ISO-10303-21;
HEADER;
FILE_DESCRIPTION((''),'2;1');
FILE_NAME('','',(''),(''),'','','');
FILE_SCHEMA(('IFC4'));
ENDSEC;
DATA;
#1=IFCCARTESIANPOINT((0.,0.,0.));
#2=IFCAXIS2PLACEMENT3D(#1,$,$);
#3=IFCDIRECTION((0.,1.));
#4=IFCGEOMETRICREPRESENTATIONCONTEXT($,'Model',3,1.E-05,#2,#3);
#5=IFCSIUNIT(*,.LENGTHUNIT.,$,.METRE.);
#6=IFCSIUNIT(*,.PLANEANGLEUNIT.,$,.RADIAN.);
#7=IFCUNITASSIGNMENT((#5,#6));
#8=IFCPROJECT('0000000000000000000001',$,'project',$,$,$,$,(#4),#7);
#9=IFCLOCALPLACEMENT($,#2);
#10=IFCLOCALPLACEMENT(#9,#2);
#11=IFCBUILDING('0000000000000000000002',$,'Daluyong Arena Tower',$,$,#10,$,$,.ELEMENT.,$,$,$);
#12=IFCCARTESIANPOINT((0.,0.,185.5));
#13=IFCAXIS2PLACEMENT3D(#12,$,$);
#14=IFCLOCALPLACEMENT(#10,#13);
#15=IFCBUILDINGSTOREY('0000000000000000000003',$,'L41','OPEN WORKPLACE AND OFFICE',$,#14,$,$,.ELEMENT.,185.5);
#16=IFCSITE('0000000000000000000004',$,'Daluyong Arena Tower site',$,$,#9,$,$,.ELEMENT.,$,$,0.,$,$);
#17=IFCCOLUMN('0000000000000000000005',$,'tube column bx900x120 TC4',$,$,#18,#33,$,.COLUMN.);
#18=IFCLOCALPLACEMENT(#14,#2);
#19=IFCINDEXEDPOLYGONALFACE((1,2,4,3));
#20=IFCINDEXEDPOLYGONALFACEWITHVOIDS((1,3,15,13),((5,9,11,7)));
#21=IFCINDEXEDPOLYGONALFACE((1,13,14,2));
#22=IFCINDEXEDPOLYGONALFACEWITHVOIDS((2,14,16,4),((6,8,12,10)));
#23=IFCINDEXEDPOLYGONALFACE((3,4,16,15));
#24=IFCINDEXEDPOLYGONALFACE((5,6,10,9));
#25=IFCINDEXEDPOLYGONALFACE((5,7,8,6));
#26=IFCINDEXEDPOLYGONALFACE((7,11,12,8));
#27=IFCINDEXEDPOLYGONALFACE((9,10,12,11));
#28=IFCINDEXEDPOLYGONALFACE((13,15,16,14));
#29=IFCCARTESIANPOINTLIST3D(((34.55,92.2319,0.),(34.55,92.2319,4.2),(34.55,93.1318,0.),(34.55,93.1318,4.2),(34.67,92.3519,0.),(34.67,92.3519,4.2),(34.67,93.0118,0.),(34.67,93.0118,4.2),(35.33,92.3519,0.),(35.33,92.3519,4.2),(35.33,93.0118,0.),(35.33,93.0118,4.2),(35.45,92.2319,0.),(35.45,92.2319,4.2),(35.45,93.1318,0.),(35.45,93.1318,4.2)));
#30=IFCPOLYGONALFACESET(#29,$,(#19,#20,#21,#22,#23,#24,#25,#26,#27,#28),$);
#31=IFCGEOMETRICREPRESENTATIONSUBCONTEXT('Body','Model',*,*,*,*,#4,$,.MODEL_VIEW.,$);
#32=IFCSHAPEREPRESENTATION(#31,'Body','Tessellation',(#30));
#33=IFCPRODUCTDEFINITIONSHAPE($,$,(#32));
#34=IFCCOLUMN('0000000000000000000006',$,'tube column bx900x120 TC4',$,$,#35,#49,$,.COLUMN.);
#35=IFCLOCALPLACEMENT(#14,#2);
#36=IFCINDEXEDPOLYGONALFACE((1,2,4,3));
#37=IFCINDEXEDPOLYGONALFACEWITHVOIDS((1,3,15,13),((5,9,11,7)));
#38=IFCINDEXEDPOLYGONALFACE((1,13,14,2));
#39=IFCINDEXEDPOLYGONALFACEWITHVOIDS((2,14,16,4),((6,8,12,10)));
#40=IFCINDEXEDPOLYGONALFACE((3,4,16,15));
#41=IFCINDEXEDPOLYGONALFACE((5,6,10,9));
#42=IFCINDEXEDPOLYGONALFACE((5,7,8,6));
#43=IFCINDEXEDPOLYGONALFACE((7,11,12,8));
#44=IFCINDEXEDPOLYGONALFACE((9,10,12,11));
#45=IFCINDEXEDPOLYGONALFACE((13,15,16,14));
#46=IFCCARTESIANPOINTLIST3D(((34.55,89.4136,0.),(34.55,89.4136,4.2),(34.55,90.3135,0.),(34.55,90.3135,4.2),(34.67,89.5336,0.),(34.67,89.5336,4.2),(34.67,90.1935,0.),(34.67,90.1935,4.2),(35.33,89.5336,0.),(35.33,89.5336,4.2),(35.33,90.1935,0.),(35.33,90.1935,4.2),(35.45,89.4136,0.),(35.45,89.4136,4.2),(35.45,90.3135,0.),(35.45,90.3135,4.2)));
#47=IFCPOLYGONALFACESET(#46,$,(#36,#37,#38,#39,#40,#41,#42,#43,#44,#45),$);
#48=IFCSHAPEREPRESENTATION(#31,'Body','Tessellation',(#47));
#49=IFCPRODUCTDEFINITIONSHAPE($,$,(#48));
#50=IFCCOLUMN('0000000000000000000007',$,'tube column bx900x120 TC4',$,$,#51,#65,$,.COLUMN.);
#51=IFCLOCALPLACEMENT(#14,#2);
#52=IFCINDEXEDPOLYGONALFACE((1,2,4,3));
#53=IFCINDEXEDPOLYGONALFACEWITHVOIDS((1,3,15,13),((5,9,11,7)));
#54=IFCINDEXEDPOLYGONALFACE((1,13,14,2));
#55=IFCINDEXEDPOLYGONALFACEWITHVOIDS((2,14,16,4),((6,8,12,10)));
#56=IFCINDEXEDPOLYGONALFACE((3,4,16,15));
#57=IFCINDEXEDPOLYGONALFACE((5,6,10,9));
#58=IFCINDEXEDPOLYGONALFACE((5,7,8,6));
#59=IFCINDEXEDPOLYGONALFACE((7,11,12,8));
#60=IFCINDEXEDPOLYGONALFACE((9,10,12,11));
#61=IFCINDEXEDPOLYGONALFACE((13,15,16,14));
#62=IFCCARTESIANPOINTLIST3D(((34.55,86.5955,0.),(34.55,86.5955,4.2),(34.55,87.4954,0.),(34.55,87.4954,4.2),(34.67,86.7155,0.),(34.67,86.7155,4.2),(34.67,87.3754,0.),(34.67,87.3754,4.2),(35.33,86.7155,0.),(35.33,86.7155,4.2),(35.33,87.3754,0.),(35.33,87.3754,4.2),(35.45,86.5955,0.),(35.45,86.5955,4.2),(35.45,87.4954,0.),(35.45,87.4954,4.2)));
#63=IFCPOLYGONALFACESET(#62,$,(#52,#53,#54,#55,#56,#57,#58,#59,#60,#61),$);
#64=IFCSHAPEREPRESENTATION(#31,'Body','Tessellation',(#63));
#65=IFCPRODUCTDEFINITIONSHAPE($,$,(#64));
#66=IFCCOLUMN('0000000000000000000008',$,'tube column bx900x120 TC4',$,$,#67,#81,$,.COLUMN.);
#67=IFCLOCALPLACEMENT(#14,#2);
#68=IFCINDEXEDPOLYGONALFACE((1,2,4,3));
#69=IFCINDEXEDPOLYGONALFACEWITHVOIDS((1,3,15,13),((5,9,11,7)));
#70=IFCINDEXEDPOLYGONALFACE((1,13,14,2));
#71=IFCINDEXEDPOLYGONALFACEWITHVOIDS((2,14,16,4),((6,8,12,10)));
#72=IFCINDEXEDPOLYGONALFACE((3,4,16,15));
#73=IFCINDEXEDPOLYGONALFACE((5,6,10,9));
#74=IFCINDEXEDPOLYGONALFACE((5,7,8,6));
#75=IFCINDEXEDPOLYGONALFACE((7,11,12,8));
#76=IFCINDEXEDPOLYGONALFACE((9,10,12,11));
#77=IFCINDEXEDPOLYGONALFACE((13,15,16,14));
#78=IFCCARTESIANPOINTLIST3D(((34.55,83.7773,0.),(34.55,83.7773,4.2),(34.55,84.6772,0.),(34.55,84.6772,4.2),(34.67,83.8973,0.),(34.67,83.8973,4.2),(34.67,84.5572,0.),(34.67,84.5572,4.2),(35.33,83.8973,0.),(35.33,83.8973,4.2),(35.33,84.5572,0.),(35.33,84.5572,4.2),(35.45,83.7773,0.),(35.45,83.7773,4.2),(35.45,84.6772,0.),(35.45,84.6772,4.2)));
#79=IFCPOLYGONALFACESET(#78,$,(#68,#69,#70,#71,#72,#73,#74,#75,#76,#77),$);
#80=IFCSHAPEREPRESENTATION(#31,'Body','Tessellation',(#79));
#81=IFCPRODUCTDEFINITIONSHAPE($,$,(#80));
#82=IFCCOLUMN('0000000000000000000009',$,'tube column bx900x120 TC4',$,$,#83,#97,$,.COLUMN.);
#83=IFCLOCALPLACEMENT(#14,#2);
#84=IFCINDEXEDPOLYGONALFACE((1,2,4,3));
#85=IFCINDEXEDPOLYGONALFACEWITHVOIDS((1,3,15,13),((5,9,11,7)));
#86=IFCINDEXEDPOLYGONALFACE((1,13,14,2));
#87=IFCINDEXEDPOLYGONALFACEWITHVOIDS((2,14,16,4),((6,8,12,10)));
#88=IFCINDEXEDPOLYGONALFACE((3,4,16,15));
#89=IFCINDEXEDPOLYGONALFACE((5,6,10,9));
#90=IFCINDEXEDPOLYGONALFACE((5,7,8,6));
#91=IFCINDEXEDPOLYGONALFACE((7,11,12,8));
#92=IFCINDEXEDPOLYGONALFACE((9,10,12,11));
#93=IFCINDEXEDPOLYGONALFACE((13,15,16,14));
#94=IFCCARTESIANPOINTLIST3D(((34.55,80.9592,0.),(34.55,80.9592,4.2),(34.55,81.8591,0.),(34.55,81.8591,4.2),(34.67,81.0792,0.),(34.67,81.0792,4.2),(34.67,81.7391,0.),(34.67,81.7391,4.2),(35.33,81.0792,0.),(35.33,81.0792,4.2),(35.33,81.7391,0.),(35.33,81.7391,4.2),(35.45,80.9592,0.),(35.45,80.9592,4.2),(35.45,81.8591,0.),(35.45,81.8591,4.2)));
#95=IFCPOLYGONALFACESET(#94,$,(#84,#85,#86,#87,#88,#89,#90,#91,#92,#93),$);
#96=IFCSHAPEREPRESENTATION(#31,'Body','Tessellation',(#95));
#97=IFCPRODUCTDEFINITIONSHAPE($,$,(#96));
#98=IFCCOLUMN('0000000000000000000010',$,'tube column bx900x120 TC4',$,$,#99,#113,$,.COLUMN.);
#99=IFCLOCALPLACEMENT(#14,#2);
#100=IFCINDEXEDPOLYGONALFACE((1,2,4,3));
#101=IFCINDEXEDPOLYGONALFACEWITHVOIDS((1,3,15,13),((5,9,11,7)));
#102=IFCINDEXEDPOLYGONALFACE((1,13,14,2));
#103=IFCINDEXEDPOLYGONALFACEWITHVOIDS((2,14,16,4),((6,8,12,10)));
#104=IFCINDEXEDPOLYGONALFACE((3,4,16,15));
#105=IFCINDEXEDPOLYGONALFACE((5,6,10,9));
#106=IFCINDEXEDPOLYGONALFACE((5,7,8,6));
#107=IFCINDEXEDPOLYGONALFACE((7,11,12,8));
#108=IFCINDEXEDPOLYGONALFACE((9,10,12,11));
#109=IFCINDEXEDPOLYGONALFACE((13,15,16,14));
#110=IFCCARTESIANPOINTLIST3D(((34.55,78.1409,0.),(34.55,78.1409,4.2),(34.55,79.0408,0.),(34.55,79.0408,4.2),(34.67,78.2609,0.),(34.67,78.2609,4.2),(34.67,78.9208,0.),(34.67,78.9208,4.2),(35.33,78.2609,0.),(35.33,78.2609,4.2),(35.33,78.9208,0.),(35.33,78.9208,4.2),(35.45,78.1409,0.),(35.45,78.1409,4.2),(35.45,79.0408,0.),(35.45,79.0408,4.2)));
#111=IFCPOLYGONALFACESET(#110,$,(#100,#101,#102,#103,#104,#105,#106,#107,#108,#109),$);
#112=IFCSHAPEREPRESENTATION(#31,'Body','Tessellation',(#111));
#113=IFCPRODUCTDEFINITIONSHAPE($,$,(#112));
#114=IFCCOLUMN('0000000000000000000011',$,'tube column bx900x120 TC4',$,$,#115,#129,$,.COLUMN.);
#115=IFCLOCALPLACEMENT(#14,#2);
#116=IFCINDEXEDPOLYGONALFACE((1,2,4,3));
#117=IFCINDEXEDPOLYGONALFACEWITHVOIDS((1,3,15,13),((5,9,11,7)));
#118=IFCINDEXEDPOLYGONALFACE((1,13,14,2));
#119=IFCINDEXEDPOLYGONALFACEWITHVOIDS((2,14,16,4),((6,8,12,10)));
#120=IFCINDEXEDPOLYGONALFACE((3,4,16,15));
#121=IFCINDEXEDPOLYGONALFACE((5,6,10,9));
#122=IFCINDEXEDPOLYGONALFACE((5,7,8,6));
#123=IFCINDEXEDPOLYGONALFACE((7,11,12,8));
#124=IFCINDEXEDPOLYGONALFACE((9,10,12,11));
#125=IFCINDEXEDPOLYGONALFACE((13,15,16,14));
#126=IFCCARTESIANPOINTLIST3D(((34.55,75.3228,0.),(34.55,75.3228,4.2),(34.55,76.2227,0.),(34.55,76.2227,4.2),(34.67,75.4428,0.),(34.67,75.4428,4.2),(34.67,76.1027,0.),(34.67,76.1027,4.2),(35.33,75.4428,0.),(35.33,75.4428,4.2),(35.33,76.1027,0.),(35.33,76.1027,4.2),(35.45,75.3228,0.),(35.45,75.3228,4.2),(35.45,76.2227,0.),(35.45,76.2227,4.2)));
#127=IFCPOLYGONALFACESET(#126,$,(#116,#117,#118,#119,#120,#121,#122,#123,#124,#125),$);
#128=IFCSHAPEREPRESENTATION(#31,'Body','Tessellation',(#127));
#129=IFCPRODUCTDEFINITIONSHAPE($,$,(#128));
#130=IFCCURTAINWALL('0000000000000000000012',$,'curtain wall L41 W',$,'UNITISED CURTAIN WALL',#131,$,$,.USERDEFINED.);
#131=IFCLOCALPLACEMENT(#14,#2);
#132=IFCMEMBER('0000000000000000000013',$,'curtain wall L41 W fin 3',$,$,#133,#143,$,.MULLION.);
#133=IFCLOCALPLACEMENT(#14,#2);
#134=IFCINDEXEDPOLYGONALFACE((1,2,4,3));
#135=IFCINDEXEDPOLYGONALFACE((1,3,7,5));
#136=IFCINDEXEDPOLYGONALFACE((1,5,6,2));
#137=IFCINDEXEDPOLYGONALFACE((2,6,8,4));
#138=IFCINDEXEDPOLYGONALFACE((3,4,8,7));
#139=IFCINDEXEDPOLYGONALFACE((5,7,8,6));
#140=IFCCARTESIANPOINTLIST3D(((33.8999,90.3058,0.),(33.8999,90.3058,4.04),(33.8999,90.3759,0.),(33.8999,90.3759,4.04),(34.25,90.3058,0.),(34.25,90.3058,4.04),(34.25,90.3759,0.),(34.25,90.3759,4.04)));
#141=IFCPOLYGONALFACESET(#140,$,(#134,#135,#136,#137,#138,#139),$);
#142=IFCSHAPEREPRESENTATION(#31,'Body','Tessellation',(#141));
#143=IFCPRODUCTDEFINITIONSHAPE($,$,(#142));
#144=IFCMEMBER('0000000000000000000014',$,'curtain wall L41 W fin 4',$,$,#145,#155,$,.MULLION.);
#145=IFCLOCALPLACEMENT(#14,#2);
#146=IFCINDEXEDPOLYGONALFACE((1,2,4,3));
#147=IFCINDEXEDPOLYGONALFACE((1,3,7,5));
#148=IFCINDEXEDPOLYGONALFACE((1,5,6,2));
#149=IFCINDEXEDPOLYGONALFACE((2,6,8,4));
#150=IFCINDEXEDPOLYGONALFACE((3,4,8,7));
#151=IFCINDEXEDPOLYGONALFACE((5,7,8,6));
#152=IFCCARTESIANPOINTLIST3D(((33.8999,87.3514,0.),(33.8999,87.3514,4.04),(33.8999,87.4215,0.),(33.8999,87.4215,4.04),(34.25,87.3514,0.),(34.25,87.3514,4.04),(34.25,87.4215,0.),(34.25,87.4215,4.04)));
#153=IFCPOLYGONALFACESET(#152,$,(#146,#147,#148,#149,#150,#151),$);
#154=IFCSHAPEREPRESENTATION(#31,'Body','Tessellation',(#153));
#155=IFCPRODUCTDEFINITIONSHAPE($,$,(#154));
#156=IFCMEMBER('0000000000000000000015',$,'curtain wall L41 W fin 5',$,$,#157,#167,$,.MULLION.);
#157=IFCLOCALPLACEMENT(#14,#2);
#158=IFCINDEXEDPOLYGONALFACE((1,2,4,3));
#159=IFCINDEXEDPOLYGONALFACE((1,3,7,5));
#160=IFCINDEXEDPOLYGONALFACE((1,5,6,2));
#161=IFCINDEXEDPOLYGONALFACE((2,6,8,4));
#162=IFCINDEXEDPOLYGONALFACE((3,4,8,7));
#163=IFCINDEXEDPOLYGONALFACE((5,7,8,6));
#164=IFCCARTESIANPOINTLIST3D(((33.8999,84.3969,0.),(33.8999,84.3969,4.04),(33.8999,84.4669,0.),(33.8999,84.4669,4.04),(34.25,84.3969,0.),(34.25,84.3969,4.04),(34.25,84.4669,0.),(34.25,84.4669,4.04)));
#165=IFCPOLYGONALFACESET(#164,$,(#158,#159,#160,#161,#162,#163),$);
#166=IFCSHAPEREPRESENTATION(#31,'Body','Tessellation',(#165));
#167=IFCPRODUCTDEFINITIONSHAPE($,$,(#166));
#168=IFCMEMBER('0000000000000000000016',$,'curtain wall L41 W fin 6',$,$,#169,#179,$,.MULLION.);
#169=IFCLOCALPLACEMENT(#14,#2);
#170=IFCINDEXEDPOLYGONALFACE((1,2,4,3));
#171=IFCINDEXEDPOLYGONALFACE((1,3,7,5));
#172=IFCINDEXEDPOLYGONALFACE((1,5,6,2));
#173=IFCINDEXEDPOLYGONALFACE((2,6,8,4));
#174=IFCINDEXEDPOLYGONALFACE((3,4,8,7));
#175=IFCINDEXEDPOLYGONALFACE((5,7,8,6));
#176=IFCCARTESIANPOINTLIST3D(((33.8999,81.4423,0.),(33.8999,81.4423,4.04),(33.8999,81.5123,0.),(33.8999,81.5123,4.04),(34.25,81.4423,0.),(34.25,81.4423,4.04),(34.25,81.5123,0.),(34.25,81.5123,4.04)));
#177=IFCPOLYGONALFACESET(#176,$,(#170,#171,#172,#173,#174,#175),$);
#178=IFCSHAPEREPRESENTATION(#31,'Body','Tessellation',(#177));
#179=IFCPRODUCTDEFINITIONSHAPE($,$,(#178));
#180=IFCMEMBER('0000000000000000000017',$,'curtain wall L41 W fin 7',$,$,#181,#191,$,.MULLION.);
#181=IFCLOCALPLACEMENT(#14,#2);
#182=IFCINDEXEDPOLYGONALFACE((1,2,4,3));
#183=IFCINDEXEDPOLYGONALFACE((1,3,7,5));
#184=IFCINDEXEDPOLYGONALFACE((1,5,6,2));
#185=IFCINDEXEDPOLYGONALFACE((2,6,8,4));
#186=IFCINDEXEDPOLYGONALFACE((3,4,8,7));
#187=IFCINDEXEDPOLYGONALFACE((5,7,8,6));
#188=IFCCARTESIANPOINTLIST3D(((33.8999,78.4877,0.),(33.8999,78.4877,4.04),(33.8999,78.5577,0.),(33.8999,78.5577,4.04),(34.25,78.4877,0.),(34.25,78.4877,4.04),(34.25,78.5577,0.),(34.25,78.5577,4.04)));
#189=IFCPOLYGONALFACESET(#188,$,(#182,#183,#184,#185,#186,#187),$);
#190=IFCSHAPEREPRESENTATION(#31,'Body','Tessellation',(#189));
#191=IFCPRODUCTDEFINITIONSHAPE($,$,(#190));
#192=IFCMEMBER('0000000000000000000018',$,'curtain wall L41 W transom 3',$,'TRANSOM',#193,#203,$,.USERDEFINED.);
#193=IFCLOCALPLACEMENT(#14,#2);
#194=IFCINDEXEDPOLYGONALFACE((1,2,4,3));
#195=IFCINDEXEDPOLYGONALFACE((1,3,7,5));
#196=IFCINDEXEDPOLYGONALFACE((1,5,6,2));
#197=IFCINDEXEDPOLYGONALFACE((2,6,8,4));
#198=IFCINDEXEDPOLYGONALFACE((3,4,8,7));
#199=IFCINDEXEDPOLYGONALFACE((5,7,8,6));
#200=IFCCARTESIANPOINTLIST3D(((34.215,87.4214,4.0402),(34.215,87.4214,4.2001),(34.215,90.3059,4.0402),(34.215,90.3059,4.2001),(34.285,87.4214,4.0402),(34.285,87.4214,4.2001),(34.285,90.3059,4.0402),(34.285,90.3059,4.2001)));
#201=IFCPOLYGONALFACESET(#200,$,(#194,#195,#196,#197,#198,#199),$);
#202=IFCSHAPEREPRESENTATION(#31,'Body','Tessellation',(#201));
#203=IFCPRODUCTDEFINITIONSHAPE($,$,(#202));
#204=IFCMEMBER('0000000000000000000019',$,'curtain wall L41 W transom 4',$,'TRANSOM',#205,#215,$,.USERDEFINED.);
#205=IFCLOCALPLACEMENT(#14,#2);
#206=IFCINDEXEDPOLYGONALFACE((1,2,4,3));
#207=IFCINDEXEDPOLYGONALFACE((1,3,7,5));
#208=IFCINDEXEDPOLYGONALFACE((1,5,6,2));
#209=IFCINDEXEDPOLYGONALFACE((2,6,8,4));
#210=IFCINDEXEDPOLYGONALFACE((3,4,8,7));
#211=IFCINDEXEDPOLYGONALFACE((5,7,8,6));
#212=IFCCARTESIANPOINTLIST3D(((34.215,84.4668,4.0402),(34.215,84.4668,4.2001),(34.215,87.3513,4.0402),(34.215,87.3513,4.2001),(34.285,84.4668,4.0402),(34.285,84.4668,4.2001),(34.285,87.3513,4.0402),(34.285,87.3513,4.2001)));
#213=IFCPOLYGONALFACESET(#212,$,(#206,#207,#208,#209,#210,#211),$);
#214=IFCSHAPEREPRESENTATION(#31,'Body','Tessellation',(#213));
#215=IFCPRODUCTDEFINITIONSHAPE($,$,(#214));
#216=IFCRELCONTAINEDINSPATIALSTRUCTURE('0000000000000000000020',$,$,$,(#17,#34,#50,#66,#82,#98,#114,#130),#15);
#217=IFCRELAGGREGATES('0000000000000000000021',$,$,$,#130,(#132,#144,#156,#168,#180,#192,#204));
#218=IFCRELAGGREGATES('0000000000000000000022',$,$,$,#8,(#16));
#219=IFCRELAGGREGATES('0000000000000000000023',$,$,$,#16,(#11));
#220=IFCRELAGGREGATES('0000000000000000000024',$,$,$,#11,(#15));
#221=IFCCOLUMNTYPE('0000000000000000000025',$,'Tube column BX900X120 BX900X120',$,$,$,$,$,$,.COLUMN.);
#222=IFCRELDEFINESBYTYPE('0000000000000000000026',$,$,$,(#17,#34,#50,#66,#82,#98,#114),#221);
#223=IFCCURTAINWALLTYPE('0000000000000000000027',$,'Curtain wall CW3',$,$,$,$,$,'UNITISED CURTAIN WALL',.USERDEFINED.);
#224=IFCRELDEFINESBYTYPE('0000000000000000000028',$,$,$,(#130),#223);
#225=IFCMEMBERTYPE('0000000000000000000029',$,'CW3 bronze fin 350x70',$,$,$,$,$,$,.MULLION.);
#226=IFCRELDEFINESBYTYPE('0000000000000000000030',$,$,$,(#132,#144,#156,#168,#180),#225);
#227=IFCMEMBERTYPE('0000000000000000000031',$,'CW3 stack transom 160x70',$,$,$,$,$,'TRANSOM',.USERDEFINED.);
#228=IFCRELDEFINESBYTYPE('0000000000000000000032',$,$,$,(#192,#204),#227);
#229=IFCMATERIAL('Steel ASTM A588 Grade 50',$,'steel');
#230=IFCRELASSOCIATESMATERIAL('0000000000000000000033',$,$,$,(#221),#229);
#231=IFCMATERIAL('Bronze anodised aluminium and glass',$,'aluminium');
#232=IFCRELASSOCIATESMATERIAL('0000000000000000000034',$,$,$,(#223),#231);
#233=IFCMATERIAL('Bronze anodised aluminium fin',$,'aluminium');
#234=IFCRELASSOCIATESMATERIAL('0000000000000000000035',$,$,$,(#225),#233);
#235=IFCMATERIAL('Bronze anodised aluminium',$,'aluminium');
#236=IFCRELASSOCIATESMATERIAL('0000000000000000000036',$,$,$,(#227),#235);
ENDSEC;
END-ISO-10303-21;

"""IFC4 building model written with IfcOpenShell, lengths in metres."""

from ifc_helpers import new_model, si_unit, direction, frame, origin, origin_2d, place, context, subcontext, project, spatial, rectangle, hollow_rectangle, extrude, material, material_profile, profile_set, type_object, element, aggregate, save


model = new_model("IFC4")

# Units and contexts
model_context = context("Model", 3, precision=1e-05, world=origin(), true_north=direction((0.0, 1.0)))
body_context = subcontext(model_context, "Body", "Model", "MODEL_VIEW")
ifc_project = project(units=[si_unit("LENGTHUNIT", "METRE"), si_unit("PLANEANGLEUNIT", "RADIAN")], contexts=[model_context])

# Site, building, storey
site_placement = place(None, origin())
site = spatial("IfcSite", under=ifc_project, at=site_placement, Name="Daluyong Arena Tower site", CompositionType="ELEMENT", RefElevation=0.0)
building_placement = place(site_placement, origin())
building = spatial("IfcBuilding", under=site, at=building_placement, Name="Daluyong Arena Tower", CompositionType="ELEMENT")
storey_placement = place(building_placement, frame((0.0, 0.0, 185.5)))
storey = spatial("IfcBuildingStorey", under=building, at=storey_placement, Name="L41", Description="OPEN WORKPLACE AND OFFICE", CompositionType="ELEMENT", Elevation=185.5)

# Columns
ifc_material_1 = material(Name="Steel ASTM A588 Grade 50", Category="steel")
ifc_material_profile_1 = material_profile(ifc_material_1, hollow_rectangle(XDim=0.8999, YDim=0.8999, WallThickness=0.12, at=origin_2d()))
ifc_profile_set_1 = profile_set([ifc_material_profile_1], Name="Steel ASTM A588 Grade 50")
column_type = type_object("IfcColumnType", Name="Tube column BX900X120 BX900X120", PredefinedType="COLUMN", material=ifc_profile_set_1)
for number, where, z_axis, x_axis, name in (
    (1, (35.0, 92.6819, 0.0), (0.0, 0.0, 1.0), (0.0, 1.0, 0.0), "tube column bx900x120 TC4"),
    (2, (35.0, 89.8635, 0.0), (0.0, 0.0, 1.0), (0.0, 1.0, 0.0), "tube column bx900x120 TC4"),
    (3, (35.0, 87.0454, 0.0), (0.0, 0.0, 1.0), (0.0, 1.0, 0.0), "tube column bx900x120 TC4"),
    (4, (35.0, 84.2273, 0.0), (0.0, 0.0, 1.0), (0.0, 1.0, 0.0), "tube column bx900x120 TC4"),
    (5, (35.0, 81.4092, 0.0), (0.0, 0.0, 1.0), (0.0, 1.0, 0.0), "tube column bx900x120 TC4"),
    (6, (35.0, 78.5908, 0.0), (0.0, 0.0, 1.0), (0.0, 1.0, 0.0), "tube column bx900x120 TC4"),
    (7, (35.0, 75.7727, 0.0), (0.0, 0.0, 1.0), (0.0, 1.0, 0.0), "tube column bx900x120 TC4"),
):
    element("IfcColumn", number, at=place(storey_placement, frame(where, z_axis=z_axis, x_axis=x_axis)), inside=storey, type_object=column_type, Name=name, PredefinedType="COLUMN", context=body_context, shape_type="SweptSolid", body=[
        extrude(hollow_rectangle(XDim=0.8999, YDim=0.8999, WallThickness=0.12, at=origin_2d()), origin(), (0.0, 0.0, 1.0), 4.2),
    ])

# Curtain wall, members
ifc_material_2 = material(Name="Bronze anodised aluminium and glass", Category="aluminium")
curtain_wall_type = type_object("IfcCurtainWallType", Name="Curtain wall CW3", ElementType="UNITISED CURTAIN WALL", PredefinedType="USERDEFINED", material=ifc_material_2)
curtain_wall_placement = place(storey_placement, origin())
curtain_wall = element("IfcCurtainWall", 8, at=curtain_wall_placement, inside=storey, type_object=curtain_wall_type, Name="curtain wall L41 W", ObjectType="UNITISED CURTAIN WALL", PredefinedType="USERDEFINED")
ifc_material_3 = material(Name="Bronze anodised aluminium fin", Category="aluminium")
ifc_material_profile_2 = material_profile(ifc_material_3, rectangle(XDim=0.3501, YDim=0.0701, at=origin_2d()))
ifc_profile_set_2 = profile_set([ifc_material_profile_2], Name="Bronze anodised aluminium fin")
member_type_1 = type_object("IfcMemberType", Name="CW3 bronze fin 350x70", PredefinedType="MULLION", material=ifc_profile_set_2)
member_1_placement = place(storey_placement, frame((34.075, 90.3408, 0.0), z_axis=(0.0, 0.0, 1.0), x_axis=(1.0, 0.0, 0.0)))
member_1 = element("IfcMember", 9, at=member_1_placement, type_object=member_type_1, Name="curtain wall L41 W fin 3", PredefinedType="MULLION", context=body_context, shape_type="SweptSolid", body=[
    extrude(rectangle(XDim=0.3501, YDim=0.0701, at=origin_2d()), origin(), (0.0, 0.0, 1.0), 4.04),
])
member_2_placement = place(storey_placement, frame((34.075, 87.3865, 0.0), z_axis=(0.0, 0.0, 1.0), x_axis=(1.0, 0.0, 0.0)))
member_2 = element("IfcMember", 10, at=member_2_placement, type_object=member_type_1, Name="curtain wall L41 W fin 4", PredefinedType="MULLION", context=body_context, shape_type="SweptSolid", body=[
    extrude(rectangle(XDim=0.3501, YDim=0.0701, at=origin_2d()), origin(), (0.0, 0.0, 1.0), 4.04),
])
member_3_placement = place(storey_placement, frame((34.075, 84.4319, 0.0), z_axis=(0.0, 0.0, 1.0), x_axis=(1.0, 0.0, 0.0)))
member_3 = element("IfcMember", 11, at=member_3_placement, type_object=member_type_1, Name="curtain wall L41 W fin 5", PredefinedType="MULLION", context=body_context, shape_type="SweptSolid", body=[
    extrude(rectangle(XDim=0.3501, YDim=0.0701, at=origin_2d()), origin(), (0.0, 0.0, 1.0), 4.04),
])
member_4_placement = place(storey_placement, frame((34.075, 81.4773, 0.0), z_axis=(0.0, 0.0, 1.0), x_axis=(1.0, 0.0, 0.0)))
member_4 = element("IfcMember", 12, at=member_4_placement, type_object=member_type_1, Name="curtain wall L41 W fin 6", PredefinedType="MULLION", context=body_context, shape_type="SweptSolid", body=[
    extrude(rectangle(XDim=0.3501, YDim=0.0701, at=origin_2d()), origin(), (0.0, 0.0, 1.0), 4.04),
])
member_5_placement = place(storey_placement, frame((34.075, 78.5227, 0.0), z_axis=(0.0, 0.0, 1.0), x_axis=(1.0, 0.0, 0.0)))
member_5 = element("IfcMember", 13, at=member_5_placement, type_object=member_type_1, Name="curtain wall L41 W fin 7", PredefinedType="MULLION", context=body_context, shape_type="SweptSolid", body=[
    extrude(rectangle(XDim=0.3501, YDim=0.0701, at=origin_2d()), origin(), (0.0, 0.0, 1.0), 4.04),
])
ifc_material_4 = material(Name="Bronze anodised aluminium", Category="aluminium")
ifc_material_profile_3 = material_profile(ifc_material_4, rectangle(XDim=0.0701, YDim=0.1599, at=origin_2d()))
ifc_profile_set_3 = profile_set([ifc_material_profile_3], Name="Bronze anodised aluminium")
member_type_2 = type_object("IfcMemberType", Name="CW3 stack transom 160x70", ElementType="TRANSOM", PredefinedType="USERDEFINED", material=ifc_profile_set_3)
member_6_placement = place(storey_placement, frame((34.25, 90.3059, 4.1201), z_axis=(0.0, -1.0, 0.0), x_axis=(1.0, 0.0, 0.0)))
member_6 = element("IfcMember", 14, at=member_6_placement, type_object=member_type_2, Name="curtain wall L41 W transom 3", ObjectType="TRANSOM", PredefinedType="USERDEFINED", context=body_context, shape_type="SweptSolid", body=[
    extrude(rectangle(XDim=0.0701, YDim=0.1599, at=origin_2d()), origin(), (0.0, 0.0, 1.0), 2.8845),
])
member_7_placement = place(storey_placement, frame((34.25, 87.3513, 4.1201), z_axis=(0.0, -1.0, 0.0), x_axis=(1.0, 0.0, 0.0)))
member_7 = element("IfcMember", 15, at=member_7_placement, type_object=member_type_2, Name="curtain wall L41 W transom 4", ObjectType="TRANSOM", PredefinedType="USERDEFINED", context=body_context, shape_type="SweptSolid", body=[
    extrude(rectangle(XDim=0.0701, YDim=0.1599, at=origin_2d()), origin(), (0.0, 0.0, 1.0), 2.8845),
])

aggregate(curtain_wall, [member_1, member_2, member_3, member_4, member_5, member_6, member_7])

save(model, "model.ifc")
